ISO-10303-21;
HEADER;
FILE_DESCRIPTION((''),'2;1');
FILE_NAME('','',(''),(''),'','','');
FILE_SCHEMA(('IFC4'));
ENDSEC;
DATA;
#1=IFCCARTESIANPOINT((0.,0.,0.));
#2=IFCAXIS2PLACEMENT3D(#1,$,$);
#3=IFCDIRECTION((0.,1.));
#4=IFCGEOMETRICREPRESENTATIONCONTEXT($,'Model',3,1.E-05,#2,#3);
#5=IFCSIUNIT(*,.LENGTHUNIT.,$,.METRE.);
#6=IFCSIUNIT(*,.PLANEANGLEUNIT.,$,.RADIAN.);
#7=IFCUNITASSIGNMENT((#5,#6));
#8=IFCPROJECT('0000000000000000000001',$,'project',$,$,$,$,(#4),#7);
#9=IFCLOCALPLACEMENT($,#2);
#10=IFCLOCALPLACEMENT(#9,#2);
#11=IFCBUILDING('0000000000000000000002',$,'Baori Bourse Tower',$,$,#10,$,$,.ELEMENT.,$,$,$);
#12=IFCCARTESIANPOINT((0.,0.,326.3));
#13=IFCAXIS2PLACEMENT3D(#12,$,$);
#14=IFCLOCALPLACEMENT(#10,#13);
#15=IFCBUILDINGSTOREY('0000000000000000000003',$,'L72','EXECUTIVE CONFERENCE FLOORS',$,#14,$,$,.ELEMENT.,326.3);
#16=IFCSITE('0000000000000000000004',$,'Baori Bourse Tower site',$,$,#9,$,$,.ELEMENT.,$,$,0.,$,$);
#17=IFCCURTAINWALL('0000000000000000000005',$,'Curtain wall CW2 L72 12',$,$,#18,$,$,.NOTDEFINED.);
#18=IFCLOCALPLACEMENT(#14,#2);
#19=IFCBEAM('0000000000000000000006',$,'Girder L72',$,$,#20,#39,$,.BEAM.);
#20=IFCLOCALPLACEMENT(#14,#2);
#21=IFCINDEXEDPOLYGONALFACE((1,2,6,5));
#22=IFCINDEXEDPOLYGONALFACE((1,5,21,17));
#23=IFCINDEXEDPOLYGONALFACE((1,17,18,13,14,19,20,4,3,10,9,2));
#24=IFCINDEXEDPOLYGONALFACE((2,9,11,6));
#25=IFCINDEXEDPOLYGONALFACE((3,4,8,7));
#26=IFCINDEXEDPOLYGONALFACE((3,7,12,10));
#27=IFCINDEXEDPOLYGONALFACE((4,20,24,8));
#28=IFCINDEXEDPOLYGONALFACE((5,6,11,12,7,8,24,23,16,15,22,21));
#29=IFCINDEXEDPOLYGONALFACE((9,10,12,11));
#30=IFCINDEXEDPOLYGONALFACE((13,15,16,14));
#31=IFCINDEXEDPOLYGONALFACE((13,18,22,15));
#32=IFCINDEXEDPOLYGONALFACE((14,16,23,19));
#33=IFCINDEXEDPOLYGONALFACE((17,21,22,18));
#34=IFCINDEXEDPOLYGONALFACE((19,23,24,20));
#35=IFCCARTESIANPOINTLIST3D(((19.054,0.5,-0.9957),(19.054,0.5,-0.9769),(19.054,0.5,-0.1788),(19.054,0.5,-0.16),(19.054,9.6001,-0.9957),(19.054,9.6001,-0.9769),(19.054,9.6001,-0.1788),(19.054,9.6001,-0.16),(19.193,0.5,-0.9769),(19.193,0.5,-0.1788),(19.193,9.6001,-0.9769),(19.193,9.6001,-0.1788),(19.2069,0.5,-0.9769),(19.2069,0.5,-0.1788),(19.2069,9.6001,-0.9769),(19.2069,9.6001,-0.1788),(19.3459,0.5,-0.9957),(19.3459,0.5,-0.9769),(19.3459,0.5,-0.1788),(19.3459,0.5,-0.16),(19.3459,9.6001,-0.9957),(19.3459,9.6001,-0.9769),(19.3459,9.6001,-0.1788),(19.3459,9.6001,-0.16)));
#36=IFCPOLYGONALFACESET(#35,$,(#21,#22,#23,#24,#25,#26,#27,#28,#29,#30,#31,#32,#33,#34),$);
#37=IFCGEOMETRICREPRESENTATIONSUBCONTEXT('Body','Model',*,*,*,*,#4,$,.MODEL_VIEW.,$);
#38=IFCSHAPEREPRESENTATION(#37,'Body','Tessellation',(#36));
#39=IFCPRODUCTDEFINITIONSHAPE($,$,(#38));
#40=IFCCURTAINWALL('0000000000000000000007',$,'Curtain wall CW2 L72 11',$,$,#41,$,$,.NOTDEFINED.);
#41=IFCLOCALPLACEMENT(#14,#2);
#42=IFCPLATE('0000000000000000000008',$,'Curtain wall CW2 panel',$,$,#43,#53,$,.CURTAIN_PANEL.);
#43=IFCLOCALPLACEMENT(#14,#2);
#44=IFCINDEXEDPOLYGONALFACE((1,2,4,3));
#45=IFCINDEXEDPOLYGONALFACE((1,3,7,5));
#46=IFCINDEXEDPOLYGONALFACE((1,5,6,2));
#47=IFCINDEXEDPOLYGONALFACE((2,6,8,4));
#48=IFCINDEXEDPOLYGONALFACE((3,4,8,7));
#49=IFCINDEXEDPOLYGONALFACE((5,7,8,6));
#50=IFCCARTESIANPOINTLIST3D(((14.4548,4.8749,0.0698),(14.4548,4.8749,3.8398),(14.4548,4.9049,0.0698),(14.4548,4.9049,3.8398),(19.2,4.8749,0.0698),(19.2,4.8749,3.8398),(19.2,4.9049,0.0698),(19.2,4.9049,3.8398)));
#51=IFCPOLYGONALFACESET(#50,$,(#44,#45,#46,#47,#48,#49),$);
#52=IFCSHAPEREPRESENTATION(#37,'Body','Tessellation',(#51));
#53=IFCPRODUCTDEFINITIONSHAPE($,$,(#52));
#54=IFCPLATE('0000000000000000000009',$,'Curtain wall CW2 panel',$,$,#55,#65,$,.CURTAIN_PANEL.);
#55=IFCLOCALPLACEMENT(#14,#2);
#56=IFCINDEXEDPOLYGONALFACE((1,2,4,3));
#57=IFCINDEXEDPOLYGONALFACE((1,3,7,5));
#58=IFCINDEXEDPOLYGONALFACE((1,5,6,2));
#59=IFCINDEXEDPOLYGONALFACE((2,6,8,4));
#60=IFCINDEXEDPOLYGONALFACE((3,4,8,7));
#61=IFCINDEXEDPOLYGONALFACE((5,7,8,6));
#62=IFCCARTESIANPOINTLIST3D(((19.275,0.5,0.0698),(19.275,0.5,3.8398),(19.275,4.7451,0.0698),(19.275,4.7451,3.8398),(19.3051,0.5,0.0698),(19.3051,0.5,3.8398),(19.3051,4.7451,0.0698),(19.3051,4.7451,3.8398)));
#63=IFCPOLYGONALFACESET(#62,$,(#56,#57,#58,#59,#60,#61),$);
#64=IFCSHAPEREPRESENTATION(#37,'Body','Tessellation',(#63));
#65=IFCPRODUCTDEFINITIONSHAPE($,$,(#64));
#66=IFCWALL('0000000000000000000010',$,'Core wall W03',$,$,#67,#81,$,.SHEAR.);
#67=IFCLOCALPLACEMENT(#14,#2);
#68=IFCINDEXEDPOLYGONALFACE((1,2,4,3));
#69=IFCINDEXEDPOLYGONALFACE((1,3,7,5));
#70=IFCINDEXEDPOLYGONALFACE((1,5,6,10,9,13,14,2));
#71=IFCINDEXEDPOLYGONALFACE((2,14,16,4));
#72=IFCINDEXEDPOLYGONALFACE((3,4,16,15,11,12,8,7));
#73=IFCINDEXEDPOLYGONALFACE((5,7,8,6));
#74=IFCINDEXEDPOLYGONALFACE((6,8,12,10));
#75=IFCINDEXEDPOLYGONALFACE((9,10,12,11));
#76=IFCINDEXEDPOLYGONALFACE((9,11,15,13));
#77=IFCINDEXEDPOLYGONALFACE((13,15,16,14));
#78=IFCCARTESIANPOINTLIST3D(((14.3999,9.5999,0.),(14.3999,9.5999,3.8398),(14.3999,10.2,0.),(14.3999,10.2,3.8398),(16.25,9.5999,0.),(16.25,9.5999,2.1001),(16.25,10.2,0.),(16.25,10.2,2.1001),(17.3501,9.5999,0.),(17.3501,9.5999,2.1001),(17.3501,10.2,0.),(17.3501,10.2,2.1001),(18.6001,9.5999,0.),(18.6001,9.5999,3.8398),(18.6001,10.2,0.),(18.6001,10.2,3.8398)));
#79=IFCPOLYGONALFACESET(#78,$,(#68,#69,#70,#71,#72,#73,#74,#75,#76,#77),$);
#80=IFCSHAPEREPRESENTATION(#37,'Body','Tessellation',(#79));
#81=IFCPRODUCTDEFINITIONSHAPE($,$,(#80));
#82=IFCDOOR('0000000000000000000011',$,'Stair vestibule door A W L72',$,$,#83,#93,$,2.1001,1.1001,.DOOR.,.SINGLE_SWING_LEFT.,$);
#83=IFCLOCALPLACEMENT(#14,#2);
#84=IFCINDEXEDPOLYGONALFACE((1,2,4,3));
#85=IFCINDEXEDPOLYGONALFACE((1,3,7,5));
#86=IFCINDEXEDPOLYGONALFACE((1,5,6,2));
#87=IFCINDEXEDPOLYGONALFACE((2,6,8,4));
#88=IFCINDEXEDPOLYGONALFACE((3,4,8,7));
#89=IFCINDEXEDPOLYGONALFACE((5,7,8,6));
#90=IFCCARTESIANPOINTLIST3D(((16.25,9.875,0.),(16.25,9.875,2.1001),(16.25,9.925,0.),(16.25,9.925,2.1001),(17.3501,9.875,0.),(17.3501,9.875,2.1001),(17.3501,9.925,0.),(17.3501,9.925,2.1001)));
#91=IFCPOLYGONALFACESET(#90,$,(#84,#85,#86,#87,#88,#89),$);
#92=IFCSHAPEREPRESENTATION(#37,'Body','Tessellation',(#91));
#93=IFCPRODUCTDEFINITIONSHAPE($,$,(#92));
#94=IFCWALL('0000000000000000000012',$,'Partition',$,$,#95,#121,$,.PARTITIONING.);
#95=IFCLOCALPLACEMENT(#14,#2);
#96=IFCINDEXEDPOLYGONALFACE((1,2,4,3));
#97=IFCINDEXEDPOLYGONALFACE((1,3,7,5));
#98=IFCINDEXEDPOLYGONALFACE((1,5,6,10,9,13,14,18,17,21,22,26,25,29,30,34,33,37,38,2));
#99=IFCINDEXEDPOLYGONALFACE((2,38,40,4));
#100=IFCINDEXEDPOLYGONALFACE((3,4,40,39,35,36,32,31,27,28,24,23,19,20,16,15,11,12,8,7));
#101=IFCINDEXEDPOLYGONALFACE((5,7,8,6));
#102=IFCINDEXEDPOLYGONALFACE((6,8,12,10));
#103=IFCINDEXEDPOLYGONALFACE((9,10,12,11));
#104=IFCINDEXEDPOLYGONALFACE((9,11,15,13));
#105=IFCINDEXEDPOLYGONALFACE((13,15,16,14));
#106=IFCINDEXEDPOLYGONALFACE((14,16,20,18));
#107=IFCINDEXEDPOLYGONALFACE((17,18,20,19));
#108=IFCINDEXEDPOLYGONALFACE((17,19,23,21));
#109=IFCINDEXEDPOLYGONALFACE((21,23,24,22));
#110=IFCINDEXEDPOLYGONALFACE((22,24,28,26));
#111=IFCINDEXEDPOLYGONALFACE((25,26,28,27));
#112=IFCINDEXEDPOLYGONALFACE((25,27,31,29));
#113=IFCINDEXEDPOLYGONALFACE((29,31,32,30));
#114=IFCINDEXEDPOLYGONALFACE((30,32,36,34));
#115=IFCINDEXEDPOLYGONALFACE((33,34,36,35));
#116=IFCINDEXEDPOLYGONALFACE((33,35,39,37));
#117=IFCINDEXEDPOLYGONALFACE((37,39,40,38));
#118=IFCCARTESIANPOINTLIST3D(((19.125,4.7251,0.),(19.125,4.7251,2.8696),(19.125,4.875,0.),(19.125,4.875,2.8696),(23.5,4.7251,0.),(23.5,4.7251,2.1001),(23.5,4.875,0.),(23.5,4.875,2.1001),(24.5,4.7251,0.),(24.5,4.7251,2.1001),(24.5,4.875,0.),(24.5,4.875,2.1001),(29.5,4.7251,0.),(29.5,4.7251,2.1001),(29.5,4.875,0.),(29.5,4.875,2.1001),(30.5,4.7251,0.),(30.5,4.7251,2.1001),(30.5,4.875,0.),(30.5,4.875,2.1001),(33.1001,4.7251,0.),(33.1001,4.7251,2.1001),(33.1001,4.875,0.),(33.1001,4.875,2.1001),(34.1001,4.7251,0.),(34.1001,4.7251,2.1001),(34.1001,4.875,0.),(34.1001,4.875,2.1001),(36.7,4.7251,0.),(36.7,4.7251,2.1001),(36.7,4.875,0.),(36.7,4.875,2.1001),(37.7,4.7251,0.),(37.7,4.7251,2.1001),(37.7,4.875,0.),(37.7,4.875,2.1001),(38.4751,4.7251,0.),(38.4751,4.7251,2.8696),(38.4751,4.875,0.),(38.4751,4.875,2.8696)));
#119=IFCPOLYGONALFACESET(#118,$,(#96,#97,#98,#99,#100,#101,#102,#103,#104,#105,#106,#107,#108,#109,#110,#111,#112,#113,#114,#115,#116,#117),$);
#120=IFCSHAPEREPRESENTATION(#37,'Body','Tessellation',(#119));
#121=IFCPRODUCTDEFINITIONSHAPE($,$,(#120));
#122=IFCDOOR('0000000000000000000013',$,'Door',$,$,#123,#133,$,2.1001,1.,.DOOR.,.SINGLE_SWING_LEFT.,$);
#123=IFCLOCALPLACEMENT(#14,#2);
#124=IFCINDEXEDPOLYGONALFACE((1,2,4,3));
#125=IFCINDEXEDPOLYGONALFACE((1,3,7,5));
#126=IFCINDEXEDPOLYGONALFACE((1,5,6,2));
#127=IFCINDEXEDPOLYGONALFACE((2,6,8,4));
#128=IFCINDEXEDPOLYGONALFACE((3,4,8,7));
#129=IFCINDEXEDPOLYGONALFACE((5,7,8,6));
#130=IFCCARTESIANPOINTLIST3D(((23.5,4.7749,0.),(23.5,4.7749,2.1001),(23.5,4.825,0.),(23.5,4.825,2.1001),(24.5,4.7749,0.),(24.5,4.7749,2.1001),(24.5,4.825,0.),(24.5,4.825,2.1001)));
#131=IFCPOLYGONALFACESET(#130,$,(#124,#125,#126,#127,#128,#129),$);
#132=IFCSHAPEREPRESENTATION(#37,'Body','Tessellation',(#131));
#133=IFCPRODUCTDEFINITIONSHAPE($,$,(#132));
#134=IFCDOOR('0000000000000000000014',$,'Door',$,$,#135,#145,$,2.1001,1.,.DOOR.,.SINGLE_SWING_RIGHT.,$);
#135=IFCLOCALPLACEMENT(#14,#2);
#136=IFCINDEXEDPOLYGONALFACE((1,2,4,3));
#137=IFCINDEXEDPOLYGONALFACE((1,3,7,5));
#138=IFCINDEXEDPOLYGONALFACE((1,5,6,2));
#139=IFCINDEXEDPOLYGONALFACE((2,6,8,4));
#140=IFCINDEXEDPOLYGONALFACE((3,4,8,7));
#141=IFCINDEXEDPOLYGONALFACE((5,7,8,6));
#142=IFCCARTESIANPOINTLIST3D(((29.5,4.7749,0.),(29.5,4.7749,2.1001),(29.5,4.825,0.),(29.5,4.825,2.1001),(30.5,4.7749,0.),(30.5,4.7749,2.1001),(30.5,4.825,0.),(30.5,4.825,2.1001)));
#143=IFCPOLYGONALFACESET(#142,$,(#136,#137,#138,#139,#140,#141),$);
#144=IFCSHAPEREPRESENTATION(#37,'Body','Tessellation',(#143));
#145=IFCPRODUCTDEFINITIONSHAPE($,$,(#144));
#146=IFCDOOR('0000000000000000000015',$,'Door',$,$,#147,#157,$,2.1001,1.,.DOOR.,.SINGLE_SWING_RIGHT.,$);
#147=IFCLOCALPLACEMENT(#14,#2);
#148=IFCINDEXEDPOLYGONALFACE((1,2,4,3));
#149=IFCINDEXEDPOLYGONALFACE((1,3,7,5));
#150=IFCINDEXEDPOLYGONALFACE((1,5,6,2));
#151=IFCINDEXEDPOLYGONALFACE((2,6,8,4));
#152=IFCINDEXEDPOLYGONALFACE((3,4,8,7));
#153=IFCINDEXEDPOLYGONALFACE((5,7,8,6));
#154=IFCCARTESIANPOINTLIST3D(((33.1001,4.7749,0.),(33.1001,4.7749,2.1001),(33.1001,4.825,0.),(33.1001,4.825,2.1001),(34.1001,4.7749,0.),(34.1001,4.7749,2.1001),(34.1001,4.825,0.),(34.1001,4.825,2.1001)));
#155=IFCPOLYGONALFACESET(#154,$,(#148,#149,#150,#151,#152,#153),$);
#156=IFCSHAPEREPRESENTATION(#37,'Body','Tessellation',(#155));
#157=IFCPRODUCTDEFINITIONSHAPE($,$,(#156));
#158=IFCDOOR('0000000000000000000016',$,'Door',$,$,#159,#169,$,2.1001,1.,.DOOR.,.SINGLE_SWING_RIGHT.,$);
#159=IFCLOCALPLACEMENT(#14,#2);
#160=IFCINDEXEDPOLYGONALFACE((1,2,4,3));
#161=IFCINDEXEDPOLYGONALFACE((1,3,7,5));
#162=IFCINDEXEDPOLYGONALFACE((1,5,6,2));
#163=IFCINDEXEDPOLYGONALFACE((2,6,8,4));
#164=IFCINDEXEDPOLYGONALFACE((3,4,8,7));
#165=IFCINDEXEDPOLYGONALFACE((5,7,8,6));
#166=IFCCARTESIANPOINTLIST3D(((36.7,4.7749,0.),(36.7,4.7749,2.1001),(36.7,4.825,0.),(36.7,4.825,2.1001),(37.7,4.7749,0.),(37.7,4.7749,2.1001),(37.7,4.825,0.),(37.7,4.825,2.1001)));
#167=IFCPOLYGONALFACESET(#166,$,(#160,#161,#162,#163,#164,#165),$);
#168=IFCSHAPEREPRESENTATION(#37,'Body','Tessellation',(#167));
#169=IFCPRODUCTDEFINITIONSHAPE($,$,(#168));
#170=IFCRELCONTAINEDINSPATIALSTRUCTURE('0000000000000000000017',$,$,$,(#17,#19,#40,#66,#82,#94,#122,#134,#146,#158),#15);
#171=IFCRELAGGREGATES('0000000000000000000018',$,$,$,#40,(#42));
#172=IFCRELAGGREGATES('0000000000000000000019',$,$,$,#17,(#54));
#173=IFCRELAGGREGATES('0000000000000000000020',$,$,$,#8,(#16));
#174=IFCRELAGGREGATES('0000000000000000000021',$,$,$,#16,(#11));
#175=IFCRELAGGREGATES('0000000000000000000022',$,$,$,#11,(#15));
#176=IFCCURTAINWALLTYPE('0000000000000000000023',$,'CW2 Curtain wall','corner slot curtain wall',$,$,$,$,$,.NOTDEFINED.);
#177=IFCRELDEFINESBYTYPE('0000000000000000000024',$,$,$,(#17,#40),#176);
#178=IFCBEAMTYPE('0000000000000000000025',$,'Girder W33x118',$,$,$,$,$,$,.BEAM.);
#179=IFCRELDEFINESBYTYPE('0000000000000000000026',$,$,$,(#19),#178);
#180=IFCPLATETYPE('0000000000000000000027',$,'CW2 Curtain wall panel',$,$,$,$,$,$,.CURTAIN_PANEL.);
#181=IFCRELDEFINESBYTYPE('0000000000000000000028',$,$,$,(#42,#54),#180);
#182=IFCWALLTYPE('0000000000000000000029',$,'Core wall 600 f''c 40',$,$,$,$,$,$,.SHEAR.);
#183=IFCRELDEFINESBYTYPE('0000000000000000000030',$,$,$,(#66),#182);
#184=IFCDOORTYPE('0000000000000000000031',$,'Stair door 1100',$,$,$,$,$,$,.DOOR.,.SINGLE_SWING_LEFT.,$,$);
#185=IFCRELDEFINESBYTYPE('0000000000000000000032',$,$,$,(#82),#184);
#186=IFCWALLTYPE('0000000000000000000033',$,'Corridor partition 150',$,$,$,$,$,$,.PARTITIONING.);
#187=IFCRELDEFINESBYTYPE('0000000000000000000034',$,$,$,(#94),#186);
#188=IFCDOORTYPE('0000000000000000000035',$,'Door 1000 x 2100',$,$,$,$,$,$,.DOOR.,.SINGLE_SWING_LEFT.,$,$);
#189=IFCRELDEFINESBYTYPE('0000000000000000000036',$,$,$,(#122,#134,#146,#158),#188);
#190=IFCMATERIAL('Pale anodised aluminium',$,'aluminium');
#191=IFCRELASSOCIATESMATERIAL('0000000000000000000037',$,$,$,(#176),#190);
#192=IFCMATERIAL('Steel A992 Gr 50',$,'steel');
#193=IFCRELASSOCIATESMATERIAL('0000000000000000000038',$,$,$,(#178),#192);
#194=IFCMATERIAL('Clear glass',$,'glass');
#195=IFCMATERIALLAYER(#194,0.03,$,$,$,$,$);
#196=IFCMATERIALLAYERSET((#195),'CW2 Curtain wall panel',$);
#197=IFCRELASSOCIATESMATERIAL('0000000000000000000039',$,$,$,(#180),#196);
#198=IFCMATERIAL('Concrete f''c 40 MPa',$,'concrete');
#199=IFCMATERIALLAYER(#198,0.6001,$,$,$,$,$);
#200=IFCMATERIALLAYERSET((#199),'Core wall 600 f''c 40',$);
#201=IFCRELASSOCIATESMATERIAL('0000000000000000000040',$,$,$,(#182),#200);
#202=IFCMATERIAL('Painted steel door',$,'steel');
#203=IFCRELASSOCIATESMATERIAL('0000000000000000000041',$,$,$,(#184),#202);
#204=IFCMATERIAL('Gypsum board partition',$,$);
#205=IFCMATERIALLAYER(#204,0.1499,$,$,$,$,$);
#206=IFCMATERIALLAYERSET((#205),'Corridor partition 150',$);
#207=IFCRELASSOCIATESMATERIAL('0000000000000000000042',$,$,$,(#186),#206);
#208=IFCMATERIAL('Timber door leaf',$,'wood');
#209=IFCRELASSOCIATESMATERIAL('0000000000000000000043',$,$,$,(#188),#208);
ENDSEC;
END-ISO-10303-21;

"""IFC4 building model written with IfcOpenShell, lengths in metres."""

from ifc_helpers import new_model, si_unit, direction, frame, frame_2d, origin, origin_2d, place, context, subcontext, project, spatial, rectangle, i_section, extrude, material, layer, layer_set, material_profile, profile_set, type_object, element, fill, aggregate, save


model = new_model("IFC4")

# Units and contexts
model_context = context("Model", 3, precision=1e-05, world=origin(), true_north=direction((0.0, 1.0)))
body_context = subcontext(model_context, "Body", "Model", "MODEL_VIEW")
ifc_project = project(units=[si_unit("LENGTHUNIT", "METRE"), si_unit("PLANEANGLEUNIT", "RADIAN")], contexts=[model_context])

# Site, building, storey
site_placement = place(None, origin())
site = spatial("IfcSite", under=ifc_project, at=site_placement, Name="Baori Bourse Tower site", CompositionType="ELEMENT", RefElevation=0.0)
building_placement = place(site_placement, origin())
building = spatial("IfcBuilding", under=site, at=building_placement, Name="Baori Bourse Tower", CompositionType="ELEMENT")
storey_placement = place(building_placement, frame((0.0, 0.0, 326.3)))
storey = spatial("IfcBuildingStorey", under=building, at=storey_placement, Name="L72", Description="EXECUTIVE CONFERENCE FLOORS", CompositionType="ELEMENT", Elevation=326.3)

# Curtain wall
ifc_material_1 = material(Name="Pale anodised aluminium", Category="aluminium")
curtain_wall_type_1 = type_object("IfcCurtainWallType", Name="CW2 Curtain wall", Description="corner slot curtain wall", PredefinedType="NOTDEFINED", material=ifc_material_1)
curtain_wall_1_placement = place(storey_placement, origin())
curtain_wall_1 = element("IfcCurtainWall", 1, at=curtain_wall_1_placement, inside=storey, type_object=curtain_wall_type_1, Name="Curtain wall CW2 L72 12", PredefinedType="NOTDEFINED")

# Beam
ifc_material_2 = material(Name="Steel A992 Gr 50", Category="steel")
ifc_material_profile_1 = material_profile(ifc_material_2, i_section(OverallWidth=0.292, OverallDepth=0.8357, WebThickness=0.0139, FlangeThickness=0.0188, at=origin_2d()), Name="W33x118")
ifc_profile_set_1 = profile_set([ifc_material_profile_1], Name="Steel A992 Gr 50")
beam_type_1 = type_object("IfcBeamType", Name="Girder W33x118", PredefinedType="BEAM", material=ifc_profile_set_1)
beam_1_placement = place(storey_placement, frame((19.2, 0.5, -0.5779), z_axis=(0.0, 1.0, 0.0), x_axis=(-1.0, 0.0, 0.0)))
element("IfcBeam", 2, at=beam_1_placement, inside=storey, type_object=beam_type_1, Name="Girder L72", PredefinedType="BEAM", context=body_context, shape_type="SweptSolid", body=[
    extrude(i_section(OverallWidth=0.292, OverallDepth=0.8357, WebThickness=0.0139, FlangeThickness=0.0188, at=origin_2d()), origin(), (0.0, 0.0, 1.0), 9.1001),
])

# Curtain wall, plate
curtain_wall_2_placement = place(storey_placement, origin())
curtain_wall_2 = element("IfcCurtainWall", 3, at=curtain_wall_2_placement, inside=storey, type_object=curtain_wall_type_1, Name="Curtain wall CW2 L72 11", PredefinedType="NOTDEFINED")
ifc_material_3 = material(Name="Clear glass", Category="glass")
ifc_layer_1 = layer(ifc_material_3, 0.03)
ifc_layer_set_1 = layer_set([ifc_layer_1], Name="CW2 Curtain wall panel")
plate_type = type_object("IfcPlateType", Name="CW2 Curtain wall panel", PredefinedType="CURTAIN_PANEL", material=ifc_layer_set_1)
plate_1_placement = place(storey_placement, frame((16.8274, 4.8899, 0.0698), z_axis=(0.0, 0.0, 1.0), x_axis=(1.0, 0.0, 0.0)))
plate_1 = element("IfcPlate", 4, at=plate_1_placement, type_object=plate_type, Name="Curtain wall CW2 panel", PredefinedType="CURTAIN_PANEL", context=body_context, shape_type="SweptSolid", body=[
    extrude(rectangle(XDim=4.7451, YDim=0.03, at=origin_2d()), origin(), (0.0, 0.0, 1.0), 3.77),
])
aggregate(curtain_wall_2, [plate_1])

# Plate
plate_2_placement = place(storey_placement, frame((19.29, 2.6226, 0.0698), z_axis=(0.0, 0.0, 1.0), x_axis=(0.0, -1.0, 0.0)))
plate_2 = element("IfcPlate", 5, at=plate_2_placement, type_object=plate_type, Name="Curtain wall CW2 panel", PredefinedType="CURTAIN_PANEL", context=body_context, shape_type="SweptSolid", body=[
    extrude(rectangle(XDim=4.2451, YDim=0.03, at=origin_2d()), origin(), (0.0, 0.0, 1.0), 3.77),
])
aggregate(curtain_wall_1, [plate_2])

# Wall, opening, door
ifc_material_4 = material(Name="Concrete f'c 40 MPa", Category="concrete")
ifc_layer_2 = layer(ifc_material_4, 0.6001)
ifc_layer_set_2 = layer_set([ifc_layer_2], Name="Core wall 600 f'c 40")
wall_type_1 = type_object("IfcWallType", Name="Core wall 600 f'c 40", PredefinedType="SHEAR", material=ifc_layer_set_2)
wall_1_placement = place(storey_placement, frame((18.6001, 9.8999, 0.0), z_axis=(0.0, 0.0, 1.0), x_axis=(-1.0, 0.0, 0.0)))
wall_1 = element("IfcWall", 6, at=wall_1_placement, inside=storey, type_object=wall_type_1, Name="Core wall W03", PredefinedType="SHEAR", context=body_context, shape_type="SweptSolid", body=[
    extrude(rectangle(XDim=4.2002, YDim=0.6001, at=frame_2d((2.1001, 0.0))), origin(), (0.0, 0.0, 1.0), 3.8398),
])
opening_1_placement = place(wall_1_placement, frame((1.25, 0.0, 0.0)))
opening_1 = element("IfcOpeningElement", 7, at=opening_1_placement, cuts=wall_1, PredefinedType="OPENING", context=body_context, shape_type="SweptSolid", body=[
    extrude(rectangle(XDim=1.1001, YDim=2.1001, at=frame_2d((0.55, 1.05))), frame((0.0, 0.3101, 0.0), z_axis=(0.0, -1.0, 0.0), x_axis=(1.0, 0.0, 0.0)), (0.0, 0.0, 1.0), 0.6201),
])
ifc_material_5 = material(Name="Painted steel door", Category="steel")
door_type_1 = type_object("IfcDoorType", Name="Stair door 1100", OperationType="SINGLE_SWING_LEFT", PredefinedType="DOOR", material=ifc_material_5)
door_1_placement = place(opening_1_placement, origin())
door_1 = element("IfcDoor", 8, at=door_1_placement, inside=storey, type_object=door_type_1, Name="Stair vestibule door A W L72", OperationType="SINGLE_SWING_LEFT", OverallHeight=2.1001, OverallWidth=1.1001, PredefinedType="DOOR", context=body_context, shape_type="SweptSolid", body=[
    extrude(rectangle(XDim=1.1001, YDim=2.1001, at=frame_2d((0.55, 1.05))), frame((0.0, 0.0249, 0.0), z_axis=(0.0, -1.0, 0.0), x_axis=(1.0, 0.0, 0.0)), (0.0, 0.0, 1.0), 0.05),
])
fill(opening_1, door_1)

# Wall, openings, doors
ifc_material_6 = material(Name="Gypsum board partition")
ifc_layer_3 = layer(ifc_material_6, 0.1499)
ifc_layer_set_3 = layer_set([ifc_layer_3], Name="Corridor partition 150")
wall_type_2 = type_object("IfcWallType", Name="Corridor partition 150", PredefinedType="PARTITIONING", material=ifc_layer_set_3)
wall_2_placement = place(storey_placement, frame((19.125, 4.8, 0.0), z_axis=(0.0, 0.0, 1.0), x_axis=(1.0, 0.0, 0.0)))
wall_2 = element("IfcWall", 9, at=wall_2_placement, inside=storey, type_object=wall_type_2, Name="Partition", PredefinedType="PARTITIONING", context=body_context, shape_type="SweptSolid", body=[
    extrude(rectangle(XDim=19.3501, YDim=0.1499, at=frame_2d((9.675, 0.0))), origin(), (0.0, 0.0, 1.0), 2.8696),
])
opening_2_placement = place(wall_2_placement, frame((4.375, 0.0, 0.0)))
opening_2 = element("IfcOpeningElement", 10, at=opening_2_placement, cuts=wall_2, PredefinedType="OPENING", context=body_context, shape_type="SweptSolid", body=[
    extrude(rectangle(XDim=1.0, YDim=2.1001, at=frame_2d((0.5, 1.05))), frame((0.0, 0.085, 0.0), z_axis=(0.0, -1.0, 0.0), x_axis=(1.0, 0.0, 0.0)), (0.0, 0.0, 1.0), 0.1699),
])
opening_3_placement = place(wall_2_placement, frame((10.375, 0.0, 0.0)))
opening_3 = element("IfcOpeningElement", 11, at=opening_3_placement, cuts=wall_2, PredefinedType="OPENING", context=body_context, shape_type="SweptSolid", body=[
    extrude(rectangle(XDim=1.0, YDim=2.1001, at=frame_2d((0.5, 1.05))), frame((0.0, 0.085, 0.0), z_axis=(0.0, -1.0, 0.0), x_axis=(1.0, 0.0, 0.0)), (0.0, 0.0, 1.0), 0.1699),
])
opening_4_placement = place(wall_2_placement, frame((13.9751, 0.0, 0.0)))
opening_4 = element("IfcOpeningElement", 12, at=opening_4_placement, cuts=wall_2, PredefinedType="OPENING", context=body_context, shape_type="SweptSolid", body=[
    extrude(rectangle(XDim=1.0, YDim=2.1001, at=frame_2d((0.5, 1.05))), frame((0.0, 0.085, 0.0), z_axis=(0.0, -1.0, 0.0), x_axis=(1.0, 0.0, 0.0)), (0.0, 0.0, 1.0), 0.1699),
])
opening_5_placement = place(wall_2_placement, frame((17.575, 0.0, 0.0)))
opening_5 = element("IfcOpeningElement", 13, at=opening_5_placement, cuts=wall_2, PredefinedType="OPENING", context=body_context, shape_type="SweptSolid", body=[
    extrude(rectangle(XDim=1.0, YDim=2.1001, at=frame_2d((0.5, 1.05))), frame((0.0, 0.085, 0.0), z_axis=(0.0, -1.0, 0.0), x_axis=(1.0, 0.0, 0.0)), (0.0, 0.0, 1.0), 0.1699),
])
ifc_material_7 = material(Name="Timber door leaf", Category="wood")
door_type_2 = type_object("IfcDoorType", Name="Door 1000 x 2100", OperationType="SINGLE_SWING_LEFT", PredefinedType="DOOR", material=ifc_material_7)
door_2_placement = place(opening_2_placement, origin())
door_2 = element("IfcDoor", 14, at=door_2_placement, inside=storey, type_object=door_type_2, Name="Door", OperationType="SINGLE_SWING_LEFT", OverallHeight=2.1001, OverallWidth=1.0, PredefinedType="DOOR", context=body_context, shape_type="SweptSolid", body=[
    extrude(rectangle(XDim=1.0, YDim=2.1001, at=frame_2d((0.5, 1.05))), frame((0.0, 0.0249, 0.0), z_axis=(0.0, -1.0, 0.0), x_axis=(1.0, 0.0, 0.0)), (0.0, 0.0, 1.0), 0.05),
])
fill(opening_2, door_2)
door_3_placement = place(opening_3_placement, origin())
door_3 = element("IfcDoor", 15, at=door_3_placement, inside=storey, type_object=door_type_2, Name="Door", OperationType="SINGLE_SWING_RIGHT", OverallHeight=2.1001, OverallWidth=1.0, PredefinedType="DOOR", context=body_context, shape_type="SweptSolid", body=[
    extrude(rectangle(XDim=1.0, YDim=2.1001, at=frame_2d((0.5, 1.05))), frame((0.0, 0.0249, 0.0), z_axis=(0.0, -1.0, 0.0), x_axis=(1.0, 0.0, 0.0)), (0.0, 0.0, 1.0), 0.05),
])
fill(opening_3, door_3)
door_4_placement = place(opening_4_placement, origin())
door_4 = element("IfcDoor", 16, at=door_4_placement, inside=storey, type_object=door_type_2, Name="Door", OperationType="SINGLE_SWING_RIGHT", OverallHeight=2.1001, OverallWidth=1.0, PredefinedType="DOOR", context=body_context, shape_type="SweptSolid", body=[
    extrude(rectangle(XDim=1.0, YDim=2.1001, at=frame_2d((0.5, 1.05))), frame((0.0, 0.0249, 0.0), z_axis=(0.0, -1.0, 0.0), x_axis=(1.0, 0.0, 0.0)), (0.0, 0.0, 1.0), 0.05),
])
fill(opening_4, door_4)
door_5_placement = place(opening_5_placement, origin())
door_5 = element("IfcDoor", 17, at=door_5_placement, inside=storey, type_object=door_type_2, Name="Door", OperationType="SINGLE_SWING_RIGHT", OverallHeight=2.1001, OverallWidth=1.0, PredefinedType="DOOR", context=body_context, shape_type="SweptSolid", body=[
    extrude(rectangle(XDim=1.0, YDim=2.1001, at=frame_2d((0.5, 1.05))), frame((0.0, 0.0249, 0.0), z_axis=(0.0, -1.0, 0.0), x_axis=(1.0, 0.0, 0.0)), (0.0, 0.0, 1.0), 0.05),
])
fill(opening_5, door_5)

save(model, "model.ifc")
